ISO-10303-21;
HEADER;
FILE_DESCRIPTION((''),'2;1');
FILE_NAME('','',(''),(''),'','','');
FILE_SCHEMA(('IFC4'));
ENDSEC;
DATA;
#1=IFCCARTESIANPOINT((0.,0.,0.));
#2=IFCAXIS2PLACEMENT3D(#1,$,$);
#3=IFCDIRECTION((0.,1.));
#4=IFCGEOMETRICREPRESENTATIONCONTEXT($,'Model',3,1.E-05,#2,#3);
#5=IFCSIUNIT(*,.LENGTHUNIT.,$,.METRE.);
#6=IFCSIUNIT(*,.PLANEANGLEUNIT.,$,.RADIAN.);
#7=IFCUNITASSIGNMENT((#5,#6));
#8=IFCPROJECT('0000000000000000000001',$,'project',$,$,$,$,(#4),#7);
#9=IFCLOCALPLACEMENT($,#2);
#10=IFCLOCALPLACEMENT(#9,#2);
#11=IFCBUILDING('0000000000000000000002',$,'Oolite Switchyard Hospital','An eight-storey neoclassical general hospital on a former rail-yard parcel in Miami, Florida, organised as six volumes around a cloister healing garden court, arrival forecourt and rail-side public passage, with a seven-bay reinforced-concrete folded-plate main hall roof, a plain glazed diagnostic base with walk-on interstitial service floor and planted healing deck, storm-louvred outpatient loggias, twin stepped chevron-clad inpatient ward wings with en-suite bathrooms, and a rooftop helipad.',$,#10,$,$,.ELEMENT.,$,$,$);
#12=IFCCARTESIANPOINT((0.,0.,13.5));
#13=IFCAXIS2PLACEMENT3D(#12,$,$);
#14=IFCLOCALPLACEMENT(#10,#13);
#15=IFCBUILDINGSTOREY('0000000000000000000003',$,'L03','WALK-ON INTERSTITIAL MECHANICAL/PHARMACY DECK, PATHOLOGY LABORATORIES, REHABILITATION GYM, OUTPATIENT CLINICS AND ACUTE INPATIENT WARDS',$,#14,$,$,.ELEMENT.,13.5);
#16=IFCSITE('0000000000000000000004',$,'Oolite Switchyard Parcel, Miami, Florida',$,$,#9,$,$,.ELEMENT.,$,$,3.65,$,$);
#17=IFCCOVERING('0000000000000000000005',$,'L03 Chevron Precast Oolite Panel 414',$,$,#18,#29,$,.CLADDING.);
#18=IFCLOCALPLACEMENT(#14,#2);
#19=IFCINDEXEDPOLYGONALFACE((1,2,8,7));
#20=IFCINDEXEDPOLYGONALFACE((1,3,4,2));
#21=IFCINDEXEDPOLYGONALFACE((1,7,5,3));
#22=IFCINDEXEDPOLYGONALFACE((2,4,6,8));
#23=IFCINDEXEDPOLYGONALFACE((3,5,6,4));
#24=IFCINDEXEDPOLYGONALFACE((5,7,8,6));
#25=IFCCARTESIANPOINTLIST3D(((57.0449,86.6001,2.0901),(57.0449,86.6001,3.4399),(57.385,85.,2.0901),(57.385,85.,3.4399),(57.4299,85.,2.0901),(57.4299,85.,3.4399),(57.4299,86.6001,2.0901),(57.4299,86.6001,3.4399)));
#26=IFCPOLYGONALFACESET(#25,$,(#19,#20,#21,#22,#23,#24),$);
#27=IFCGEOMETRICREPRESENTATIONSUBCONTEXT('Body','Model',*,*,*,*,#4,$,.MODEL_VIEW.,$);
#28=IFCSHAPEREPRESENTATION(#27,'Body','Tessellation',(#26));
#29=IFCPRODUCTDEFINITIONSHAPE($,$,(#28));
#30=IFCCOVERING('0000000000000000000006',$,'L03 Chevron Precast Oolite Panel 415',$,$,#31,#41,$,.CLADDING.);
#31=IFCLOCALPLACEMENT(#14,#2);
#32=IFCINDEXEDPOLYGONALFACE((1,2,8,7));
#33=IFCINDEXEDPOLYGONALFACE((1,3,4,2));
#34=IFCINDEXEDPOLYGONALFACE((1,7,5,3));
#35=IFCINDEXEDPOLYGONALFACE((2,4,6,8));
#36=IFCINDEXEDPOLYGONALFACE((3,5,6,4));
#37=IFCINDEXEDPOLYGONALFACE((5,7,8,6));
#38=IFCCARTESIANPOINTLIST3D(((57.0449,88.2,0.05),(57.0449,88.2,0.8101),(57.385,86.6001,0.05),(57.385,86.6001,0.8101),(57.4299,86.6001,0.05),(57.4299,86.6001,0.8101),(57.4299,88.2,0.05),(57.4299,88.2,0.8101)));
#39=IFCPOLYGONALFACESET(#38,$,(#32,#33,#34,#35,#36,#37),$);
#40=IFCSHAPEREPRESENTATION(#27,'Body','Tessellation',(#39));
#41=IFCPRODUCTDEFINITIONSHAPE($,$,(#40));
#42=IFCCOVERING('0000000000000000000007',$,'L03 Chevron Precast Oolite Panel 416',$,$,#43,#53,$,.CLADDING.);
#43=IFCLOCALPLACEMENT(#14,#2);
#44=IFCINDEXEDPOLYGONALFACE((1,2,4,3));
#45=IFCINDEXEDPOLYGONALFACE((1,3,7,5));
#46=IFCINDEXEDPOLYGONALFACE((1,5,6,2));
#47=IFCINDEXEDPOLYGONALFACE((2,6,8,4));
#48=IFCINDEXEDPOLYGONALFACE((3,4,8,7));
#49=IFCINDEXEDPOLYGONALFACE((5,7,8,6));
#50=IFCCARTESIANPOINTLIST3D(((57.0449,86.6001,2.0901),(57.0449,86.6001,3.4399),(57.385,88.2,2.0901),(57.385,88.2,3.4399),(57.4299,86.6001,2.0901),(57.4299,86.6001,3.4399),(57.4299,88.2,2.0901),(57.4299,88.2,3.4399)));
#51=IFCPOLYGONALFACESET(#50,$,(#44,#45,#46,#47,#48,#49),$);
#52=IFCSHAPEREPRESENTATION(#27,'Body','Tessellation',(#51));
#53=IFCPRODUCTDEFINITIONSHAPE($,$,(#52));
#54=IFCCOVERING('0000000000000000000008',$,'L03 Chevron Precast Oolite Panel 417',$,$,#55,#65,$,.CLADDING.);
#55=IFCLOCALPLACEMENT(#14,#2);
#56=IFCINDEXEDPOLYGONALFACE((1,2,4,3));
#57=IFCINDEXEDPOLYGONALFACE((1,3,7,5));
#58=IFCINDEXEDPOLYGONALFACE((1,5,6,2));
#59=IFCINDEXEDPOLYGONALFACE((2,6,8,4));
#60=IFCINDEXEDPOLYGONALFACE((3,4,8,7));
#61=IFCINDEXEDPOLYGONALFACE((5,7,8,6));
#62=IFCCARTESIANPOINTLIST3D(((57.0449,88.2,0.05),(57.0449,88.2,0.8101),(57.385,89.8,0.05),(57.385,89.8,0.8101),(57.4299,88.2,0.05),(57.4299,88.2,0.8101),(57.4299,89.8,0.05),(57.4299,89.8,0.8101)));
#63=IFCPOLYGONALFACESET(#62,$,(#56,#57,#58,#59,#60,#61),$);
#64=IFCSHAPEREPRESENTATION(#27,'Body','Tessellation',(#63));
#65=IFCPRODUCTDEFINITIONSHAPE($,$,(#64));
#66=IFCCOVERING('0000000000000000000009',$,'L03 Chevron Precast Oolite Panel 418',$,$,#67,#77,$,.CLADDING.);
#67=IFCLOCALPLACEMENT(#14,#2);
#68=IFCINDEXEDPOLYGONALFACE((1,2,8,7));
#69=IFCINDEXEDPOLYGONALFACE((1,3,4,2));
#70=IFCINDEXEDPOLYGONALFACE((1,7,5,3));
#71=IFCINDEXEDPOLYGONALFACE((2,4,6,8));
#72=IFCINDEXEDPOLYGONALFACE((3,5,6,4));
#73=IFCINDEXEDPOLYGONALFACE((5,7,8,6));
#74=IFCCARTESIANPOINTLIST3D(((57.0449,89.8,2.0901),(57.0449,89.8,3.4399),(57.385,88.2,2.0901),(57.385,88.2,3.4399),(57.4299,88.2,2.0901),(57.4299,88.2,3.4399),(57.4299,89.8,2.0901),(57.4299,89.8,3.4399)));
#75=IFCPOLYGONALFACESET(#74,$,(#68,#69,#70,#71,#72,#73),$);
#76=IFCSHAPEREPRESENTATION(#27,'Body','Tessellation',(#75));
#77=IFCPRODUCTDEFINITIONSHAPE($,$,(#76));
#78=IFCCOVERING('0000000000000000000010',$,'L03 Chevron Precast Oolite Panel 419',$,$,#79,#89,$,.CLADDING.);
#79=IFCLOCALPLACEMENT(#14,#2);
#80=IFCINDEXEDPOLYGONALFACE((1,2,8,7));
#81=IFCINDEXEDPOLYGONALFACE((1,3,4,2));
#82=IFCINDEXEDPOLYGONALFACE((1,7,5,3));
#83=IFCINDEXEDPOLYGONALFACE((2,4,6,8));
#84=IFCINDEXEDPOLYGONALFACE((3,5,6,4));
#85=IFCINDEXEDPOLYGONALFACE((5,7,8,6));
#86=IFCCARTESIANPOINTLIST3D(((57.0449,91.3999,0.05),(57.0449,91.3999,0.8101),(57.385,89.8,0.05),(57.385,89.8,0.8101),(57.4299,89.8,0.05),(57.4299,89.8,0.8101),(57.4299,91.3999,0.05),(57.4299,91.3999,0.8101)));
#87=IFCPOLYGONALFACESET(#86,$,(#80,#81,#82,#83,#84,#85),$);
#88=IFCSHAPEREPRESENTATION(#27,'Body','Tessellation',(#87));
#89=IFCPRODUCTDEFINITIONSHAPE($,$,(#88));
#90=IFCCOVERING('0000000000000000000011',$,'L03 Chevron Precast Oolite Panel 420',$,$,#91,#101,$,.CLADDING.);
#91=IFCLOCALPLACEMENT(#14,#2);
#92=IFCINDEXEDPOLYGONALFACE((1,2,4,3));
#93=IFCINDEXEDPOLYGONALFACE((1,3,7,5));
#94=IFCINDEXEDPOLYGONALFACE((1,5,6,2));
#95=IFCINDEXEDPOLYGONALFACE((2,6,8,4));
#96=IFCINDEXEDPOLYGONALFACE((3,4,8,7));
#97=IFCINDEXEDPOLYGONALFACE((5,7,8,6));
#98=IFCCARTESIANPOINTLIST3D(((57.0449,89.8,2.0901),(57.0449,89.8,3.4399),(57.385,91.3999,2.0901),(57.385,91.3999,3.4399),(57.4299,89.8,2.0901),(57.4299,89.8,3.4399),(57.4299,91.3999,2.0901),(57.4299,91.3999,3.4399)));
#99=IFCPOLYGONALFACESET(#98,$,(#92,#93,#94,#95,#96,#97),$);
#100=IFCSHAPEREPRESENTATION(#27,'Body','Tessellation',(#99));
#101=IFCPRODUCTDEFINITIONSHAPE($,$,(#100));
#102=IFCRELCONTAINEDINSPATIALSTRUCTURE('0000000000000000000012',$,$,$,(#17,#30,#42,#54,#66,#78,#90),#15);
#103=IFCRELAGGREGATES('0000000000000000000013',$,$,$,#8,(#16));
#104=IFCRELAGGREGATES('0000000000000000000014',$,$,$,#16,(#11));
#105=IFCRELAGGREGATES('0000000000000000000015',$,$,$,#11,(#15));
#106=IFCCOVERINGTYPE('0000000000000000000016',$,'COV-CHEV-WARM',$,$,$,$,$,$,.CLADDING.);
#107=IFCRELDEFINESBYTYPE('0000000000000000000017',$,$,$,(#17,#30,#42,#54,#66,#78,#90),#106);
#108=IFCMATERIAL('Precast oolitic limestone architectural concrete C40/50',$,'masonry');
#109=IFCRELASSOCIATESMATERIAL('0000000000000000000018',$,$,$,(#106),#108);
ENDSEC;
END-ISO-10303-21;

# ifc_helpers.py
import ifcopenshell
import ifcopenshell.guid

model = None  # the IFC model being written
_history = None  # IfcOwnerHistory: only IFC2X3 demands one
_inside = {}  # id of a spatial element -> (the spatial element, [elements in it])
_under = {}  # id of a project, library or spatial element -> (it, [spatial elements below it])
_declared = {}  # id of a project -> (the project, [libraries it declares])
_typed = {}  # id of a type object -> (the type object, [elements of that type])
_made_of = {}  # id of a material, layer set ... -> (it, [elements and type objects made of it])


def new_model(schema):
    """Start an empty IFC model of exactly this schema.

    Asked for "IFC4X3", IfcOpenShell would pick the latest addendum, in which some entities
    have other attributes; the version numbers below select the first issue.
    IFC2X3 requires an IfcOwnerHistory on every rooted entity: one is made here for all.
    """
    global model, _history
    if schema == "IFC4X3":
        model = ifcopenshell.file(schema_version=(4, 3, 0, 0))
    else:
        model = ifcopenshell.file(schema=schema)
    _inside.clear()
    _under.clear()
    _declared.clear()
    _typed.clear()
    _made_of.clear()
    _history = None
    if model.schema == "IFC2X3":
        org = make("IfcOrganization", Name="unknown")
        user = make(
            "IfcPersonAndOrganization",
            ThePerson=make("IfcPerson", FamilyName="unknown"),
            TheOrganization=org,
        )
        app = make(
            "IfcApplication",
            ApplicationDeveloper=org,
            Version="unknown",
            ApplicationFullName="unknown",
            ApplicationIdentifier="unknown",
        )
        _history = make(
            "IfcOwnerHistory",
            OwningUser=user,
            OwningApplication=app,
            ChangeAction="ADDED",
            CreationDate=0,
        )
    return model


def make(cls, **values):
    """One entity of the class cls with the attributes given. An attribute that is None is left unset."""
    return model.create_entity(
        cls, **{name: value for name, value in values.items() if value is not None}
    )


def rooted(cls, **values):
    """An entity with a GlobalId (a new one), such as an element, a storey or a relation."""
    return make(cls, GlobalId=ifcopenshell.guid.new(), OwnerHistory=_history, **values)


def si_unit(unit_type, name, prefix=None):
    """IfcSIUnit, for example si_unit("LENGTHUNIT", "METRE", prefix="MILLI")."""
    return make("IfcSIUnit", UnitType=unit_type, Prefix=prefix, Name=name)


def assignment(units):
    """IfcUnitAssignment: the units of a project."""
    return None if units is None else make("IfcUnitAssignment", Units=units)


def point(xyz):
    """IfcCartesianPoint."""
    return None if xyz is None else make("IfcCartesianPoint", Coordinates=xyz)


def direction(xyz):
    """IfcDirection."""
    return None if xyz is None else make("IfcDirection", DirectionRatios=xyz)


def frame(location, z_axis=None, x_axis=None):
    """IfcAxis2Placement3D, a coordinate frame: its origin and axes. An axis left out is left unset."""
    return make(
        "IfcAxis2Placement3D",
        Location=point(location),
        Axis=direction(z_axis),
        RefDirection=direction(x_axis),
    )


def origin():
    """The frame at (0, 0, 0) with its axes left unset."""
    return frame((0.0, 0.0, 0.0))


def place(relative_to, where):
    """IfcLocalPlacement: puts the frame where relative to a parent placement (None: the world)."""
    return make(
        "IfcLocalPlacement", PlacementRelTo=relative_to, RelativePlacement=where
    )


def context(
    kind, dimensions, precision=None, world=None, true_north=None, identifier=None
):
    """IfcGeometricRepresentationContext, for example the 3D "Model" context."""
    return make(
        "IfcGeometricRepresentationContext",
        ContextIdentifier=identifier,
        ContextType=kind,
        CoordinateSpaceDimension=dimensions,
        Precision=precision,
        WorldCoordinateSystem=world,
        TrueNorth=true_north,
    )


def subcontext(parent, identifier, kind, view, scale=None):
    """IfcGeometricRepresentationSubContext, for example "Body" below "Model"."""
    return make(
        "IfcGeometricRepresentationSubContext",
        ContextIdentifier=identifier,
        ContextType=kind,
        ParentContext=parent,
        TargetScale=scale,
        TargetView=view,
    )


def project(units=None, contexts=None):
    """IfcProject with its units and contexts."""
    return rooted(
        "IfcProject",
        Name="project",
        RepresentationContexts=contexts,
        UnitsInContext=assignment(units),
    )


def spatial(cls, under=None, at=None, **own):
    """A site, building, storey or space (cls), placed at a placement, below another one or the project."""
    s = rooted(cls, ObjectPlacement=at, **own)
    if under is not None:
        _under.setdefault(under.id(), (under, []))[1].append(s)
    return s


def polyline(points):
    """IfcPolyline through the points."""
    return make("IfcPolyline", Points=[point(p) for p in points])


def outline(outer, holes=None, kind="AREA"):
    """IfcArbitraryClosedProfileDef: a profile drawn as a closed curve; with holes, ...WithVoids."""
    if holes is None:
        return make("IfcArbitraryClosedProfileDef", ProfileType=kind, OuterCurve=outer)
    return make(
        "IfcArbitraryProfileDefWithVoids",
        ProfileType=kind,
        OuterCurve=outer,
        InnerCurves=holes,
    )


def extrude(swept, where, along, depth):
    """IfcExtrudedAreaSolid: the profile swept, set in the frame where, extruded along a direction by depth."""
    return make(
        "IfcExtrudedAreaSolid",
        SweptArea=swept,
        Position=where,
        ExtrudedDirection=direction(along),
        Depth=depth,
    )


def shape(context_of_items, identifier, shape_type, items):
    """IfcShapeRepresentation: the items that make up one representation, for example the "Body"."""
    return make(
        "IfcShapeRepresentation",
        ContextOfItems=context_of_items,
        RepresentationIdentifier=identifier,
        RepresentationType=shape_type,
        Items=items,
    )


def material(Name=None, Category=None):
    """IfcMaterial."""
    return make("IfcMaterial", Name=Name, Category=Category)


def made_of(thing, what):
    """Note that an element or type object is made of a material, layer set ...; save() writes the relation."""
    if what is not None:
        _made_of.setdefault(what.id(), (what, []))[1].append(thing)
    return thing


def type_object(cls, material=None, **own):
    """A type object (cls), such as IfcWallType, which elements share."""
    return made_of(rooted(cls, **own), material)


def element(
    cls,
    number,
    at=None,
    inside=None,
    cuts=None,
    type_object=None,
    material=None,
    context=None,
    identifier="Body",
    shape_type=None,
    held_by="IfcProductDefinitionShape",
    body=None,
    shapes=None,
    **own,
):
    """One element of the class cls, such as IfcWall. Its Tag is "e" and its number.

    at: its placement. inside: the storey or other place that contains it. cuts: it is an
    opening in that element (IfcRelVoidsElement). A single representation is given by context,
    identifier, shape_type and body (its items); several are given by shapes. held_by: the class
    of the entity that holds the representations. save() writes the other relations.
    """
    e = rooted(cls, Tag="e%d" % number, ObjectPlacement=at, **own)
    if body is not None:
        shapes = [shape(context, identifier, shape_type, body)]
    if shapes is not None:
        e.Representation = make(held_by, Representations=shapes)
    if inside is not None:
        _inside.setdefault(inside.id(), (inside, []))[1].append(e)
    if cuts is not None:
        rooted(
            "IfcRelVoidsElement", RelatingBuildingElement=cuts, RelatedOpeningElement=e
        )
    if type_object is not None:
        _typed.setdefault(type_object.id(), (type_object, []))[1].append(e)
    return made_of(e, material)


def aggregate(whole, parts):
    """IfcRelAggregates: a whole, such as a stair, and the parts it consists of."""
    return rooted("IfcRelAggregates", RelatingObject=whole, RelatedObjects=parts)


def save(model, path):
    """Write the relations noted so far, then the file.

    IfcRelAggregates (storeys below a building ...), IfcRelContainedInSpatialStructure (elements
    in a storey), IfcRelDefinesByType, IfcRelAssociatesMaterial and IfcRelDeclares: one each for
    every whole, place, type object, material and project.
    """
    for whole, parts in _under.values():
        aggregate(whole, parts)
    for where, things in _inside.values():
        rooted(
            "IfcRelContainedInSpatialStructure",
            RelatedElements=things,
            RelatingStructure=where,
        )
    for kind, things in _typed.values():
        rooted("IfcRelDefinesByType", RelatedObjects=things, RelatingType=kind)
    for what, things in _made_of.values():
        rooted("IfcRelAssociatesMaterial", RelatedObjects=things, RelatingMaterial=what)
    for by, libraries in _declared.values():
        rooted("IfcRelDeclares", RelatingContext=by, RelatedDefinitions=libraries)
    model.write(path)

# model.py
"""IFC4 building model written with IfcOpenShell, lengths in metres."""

from ifc_helpers import new_model, si_unit, direction, frame, origin, place, context, subcontext, project, spatial, polyline, outline, extrude, material, type_object, element, save


model = new_model("IFC4")

# Units and contexts
model_context = context("Model", 3, precision=1e-05, world=origin(), true_north=direction((0.0, 1.0)))
body_context = subcontext(model_context, "Body", "Model", "MODEL_VIEW")
ifc_project = project(units=[si_unit("LENGTHUNIT", "METRE"), si_unit("PLANEANGLEUNIT", "RADIAN")], contexts=[model_context])

# Site, building, storey
site_placement = place(None, origin())
site = spatial("IfcSite", under=ifc_project, at=site_placement, Name="Oolite Switchyard Parcel, Miami, Florida", CompositionType="ELEMENT", RefElevation=3.65)
building_placement = place(site_placement, origin())
building = spatial("IfcBuilding", under=site, at=building_placement, Name="Oolite Switchyard Hospital", Description="An eight-storey neoclassical general hospital on a former rail-yard parcel in Miami, Florida, organised as six volumes around a cloister healing garden court, arrival forecourt and rail-side public passage, with a seven-bay reinforced-concrete folded-plate main hall roof, a plain glazed diagnostic base with walk-on interstitial service floor and planted healing deck, storm-louvred outpatient loggias, twin stepped chevron-clad inpatient ward wings with en-suite bathrooms, and a rooftop helipad.", CompositionType="ELEMENT")
storey_placement = place(building_placement, frame((0.0, 0.0, 13.5)))
storey = spatial("IfcBuildingStorey", under=building, at=storey_placement, Name="L03", Description="WALK-ON INTERSTITIAL MECHANICAL/PHARMACY DECK, PATHOLOGY LABORATORIES, REHABILITATION GYM, OUTPATIENT CLINICS AND ACUTE INPATIENT WARDS", CompositionType="ELEMENT", Elevation=13.5)

# Shared definitions
ifc_material_1 = material(Name="Precast oolitic limestone architectural concrete C40/50", Category="masonry")

# Coverings
covering_type = type_object("IfcCoveringType", Name="COV-CHEV-WARM", PredefinedType="CLADDING", material=ifc_material_1)
covering_1_placement = place(storey_placement, frame((57.4299, 85.0, 2.0901), z_axis=(0.0, 0.0, 1.0), x_axis=(0.0, 1.0, 0.0)))
element("IfcCovering", 1, at=covering_1_placement, inside=storey, type_object=covering_type, Name="L03 Chevron Precast Oolite Panel 414", PredefinedType="CLADDING", context=body_context, shape_type="SweptSolid", body=[
    extrude(outline(polyline([(0.0, 0.0), (1.6001, 0.0), (1.6001, 0.385), (0.0, 0.0449), (0.0, 0.0)])), origin(), (0.0, 0.0, 1.0), 1.3499),
])
covering_2_placement = place(storey_placement, frame((57.4299, 86.6001, 0.05), z_axis=(0.0, 0.0, 1.0), x_axis=(0.0, 1.0, 0.0)))
element("IfcCovering", 2, at=covering_2_placement, inside=storey, type_object=covering_type, Name="L03 Chevron Precast Oolite Panel 415", PredefinedType="CLADDING", context=body_context, shape_type="SweptSolid", body=[
    extrude(outline(polyline([(0.0, 0.0), (1.5999, 0.0), (1.5999, 0.385), (0.0, 0.0449), (0.0, 0.0)])), origin(), (0.0, 0.0, 1.0), 0.76),
])
covering_3_placement = place(storey_placement, frame((57.4299, 86.6001, 2.0901), z_axis=(0.0, 0.0, 1.0), x_axis=(0.0, 1.0, 0.0)))
element("IfcCovering", 3, at=covering_3_placement, inside=storey, type_object=covering_type, Name="L03 Chevron Precast Oolite Panel 416", PredefinedType="CLADDING", context=body_context, shape_type="SweptSolid", body=[
    extrude(outline(polyline([(0.0, 0.0), (1.5999, 0.0), (1.5999, 0.0449), (0.0, 0.385), (0.0, 0.0)])), origin(), (0.0, 0.0, 1.0), 1.3499),
])
covering_4_placement = place(storey_placement, frame((57.4299, 88.2, 0.05), z_axis=(0.0, 0.0, 1.0), x_axis=(0.0, 1.0, 0.0)))
element("IfcCovering", 4, at=covering_4_placement, inside=storey, type_object=covering_type, Name="L03 Chevron Precast Oolite Panel 417", PredefinedType="CLADDING", context=body_context, shape_type="SweptSolid", body=[
    extrude(outline(polyline([(0.0, 0.0), (1.6001, 0.0), (1.6001, 0.0449), (0.0, 0.385), (0.0, 0.0)])), origin(), (0.0, 0.0, 1.0), 0.76),
])
covering_5_placement = place(storey_placement, frame((57.4299, 88.2, 2.0901), z_axis=(0.0, 0.0, 1.0), x_axis=(0.0, 1.0, 0.0)))
element("IfcCovering", 5, at=covering_5_placement, inside=storey, type_object=covering_type, Name="L03 Chevron Precast Oolite Panel 418", PredefinedType="CLADDING", context=body_context, shape_type="SweptSolid", body=[
    extrude(outline(polyline([(0.0, 0.0), (1.6001, 0.0), (1.6001, 0.385), (0.0, 0.0449), (0.0, 0.0)])), origin(), (0.0, 0.0, 1.0), 1.3499),
])
covering_6_placement = place(storey_placement, frame((57.4299, 89.8, 0.05), z_axis=(0.0, 0.0, 1.0), x_axis=(0.0, 1.0, 0.0)))
element("IfcCovering", 6, at=covering_6_placement, inside=storey, type_object=covering_type, Name="L03 Chevron Precast Oolite Panel 419", PredefinedType="CLADDING", context=body_context, shape_type="SweptSolid", body=[
    extrude(outline(polyline([(0.0, 0.0), (1.5999, 0.0), (1.5999, 0.385), (0.0, 0.0449), (0.0, 0.0)])), origin(), (0.0, 0.0, 1.0), 0.76),
])
covering_7_placement = place(storey_placement, frame((57.4299, 89.8, 2.0901), z_axis=(0.0, 0.0, 1.0), x_axis=(0.0, 1.0, 0.0)))
element("IfcCovering", 7, at=covering_7_placement, inside=storey, type_object=covering_type, Name="L03 Chevron Precast Oolite Panel 420", PredefinedType="CLADDING", context=body_context, shape_type="SweptSolid", body=[
    extrude(outline(polyline([(0.0, 0.0), (1.5999, 0.0), (1.5999, 0.0449), (0.0, 0.385), (0.0, 0.0)])), origin(), (0.0, 0.0, 1.0), 1.3499),
])

save(model, "model.ifc")
